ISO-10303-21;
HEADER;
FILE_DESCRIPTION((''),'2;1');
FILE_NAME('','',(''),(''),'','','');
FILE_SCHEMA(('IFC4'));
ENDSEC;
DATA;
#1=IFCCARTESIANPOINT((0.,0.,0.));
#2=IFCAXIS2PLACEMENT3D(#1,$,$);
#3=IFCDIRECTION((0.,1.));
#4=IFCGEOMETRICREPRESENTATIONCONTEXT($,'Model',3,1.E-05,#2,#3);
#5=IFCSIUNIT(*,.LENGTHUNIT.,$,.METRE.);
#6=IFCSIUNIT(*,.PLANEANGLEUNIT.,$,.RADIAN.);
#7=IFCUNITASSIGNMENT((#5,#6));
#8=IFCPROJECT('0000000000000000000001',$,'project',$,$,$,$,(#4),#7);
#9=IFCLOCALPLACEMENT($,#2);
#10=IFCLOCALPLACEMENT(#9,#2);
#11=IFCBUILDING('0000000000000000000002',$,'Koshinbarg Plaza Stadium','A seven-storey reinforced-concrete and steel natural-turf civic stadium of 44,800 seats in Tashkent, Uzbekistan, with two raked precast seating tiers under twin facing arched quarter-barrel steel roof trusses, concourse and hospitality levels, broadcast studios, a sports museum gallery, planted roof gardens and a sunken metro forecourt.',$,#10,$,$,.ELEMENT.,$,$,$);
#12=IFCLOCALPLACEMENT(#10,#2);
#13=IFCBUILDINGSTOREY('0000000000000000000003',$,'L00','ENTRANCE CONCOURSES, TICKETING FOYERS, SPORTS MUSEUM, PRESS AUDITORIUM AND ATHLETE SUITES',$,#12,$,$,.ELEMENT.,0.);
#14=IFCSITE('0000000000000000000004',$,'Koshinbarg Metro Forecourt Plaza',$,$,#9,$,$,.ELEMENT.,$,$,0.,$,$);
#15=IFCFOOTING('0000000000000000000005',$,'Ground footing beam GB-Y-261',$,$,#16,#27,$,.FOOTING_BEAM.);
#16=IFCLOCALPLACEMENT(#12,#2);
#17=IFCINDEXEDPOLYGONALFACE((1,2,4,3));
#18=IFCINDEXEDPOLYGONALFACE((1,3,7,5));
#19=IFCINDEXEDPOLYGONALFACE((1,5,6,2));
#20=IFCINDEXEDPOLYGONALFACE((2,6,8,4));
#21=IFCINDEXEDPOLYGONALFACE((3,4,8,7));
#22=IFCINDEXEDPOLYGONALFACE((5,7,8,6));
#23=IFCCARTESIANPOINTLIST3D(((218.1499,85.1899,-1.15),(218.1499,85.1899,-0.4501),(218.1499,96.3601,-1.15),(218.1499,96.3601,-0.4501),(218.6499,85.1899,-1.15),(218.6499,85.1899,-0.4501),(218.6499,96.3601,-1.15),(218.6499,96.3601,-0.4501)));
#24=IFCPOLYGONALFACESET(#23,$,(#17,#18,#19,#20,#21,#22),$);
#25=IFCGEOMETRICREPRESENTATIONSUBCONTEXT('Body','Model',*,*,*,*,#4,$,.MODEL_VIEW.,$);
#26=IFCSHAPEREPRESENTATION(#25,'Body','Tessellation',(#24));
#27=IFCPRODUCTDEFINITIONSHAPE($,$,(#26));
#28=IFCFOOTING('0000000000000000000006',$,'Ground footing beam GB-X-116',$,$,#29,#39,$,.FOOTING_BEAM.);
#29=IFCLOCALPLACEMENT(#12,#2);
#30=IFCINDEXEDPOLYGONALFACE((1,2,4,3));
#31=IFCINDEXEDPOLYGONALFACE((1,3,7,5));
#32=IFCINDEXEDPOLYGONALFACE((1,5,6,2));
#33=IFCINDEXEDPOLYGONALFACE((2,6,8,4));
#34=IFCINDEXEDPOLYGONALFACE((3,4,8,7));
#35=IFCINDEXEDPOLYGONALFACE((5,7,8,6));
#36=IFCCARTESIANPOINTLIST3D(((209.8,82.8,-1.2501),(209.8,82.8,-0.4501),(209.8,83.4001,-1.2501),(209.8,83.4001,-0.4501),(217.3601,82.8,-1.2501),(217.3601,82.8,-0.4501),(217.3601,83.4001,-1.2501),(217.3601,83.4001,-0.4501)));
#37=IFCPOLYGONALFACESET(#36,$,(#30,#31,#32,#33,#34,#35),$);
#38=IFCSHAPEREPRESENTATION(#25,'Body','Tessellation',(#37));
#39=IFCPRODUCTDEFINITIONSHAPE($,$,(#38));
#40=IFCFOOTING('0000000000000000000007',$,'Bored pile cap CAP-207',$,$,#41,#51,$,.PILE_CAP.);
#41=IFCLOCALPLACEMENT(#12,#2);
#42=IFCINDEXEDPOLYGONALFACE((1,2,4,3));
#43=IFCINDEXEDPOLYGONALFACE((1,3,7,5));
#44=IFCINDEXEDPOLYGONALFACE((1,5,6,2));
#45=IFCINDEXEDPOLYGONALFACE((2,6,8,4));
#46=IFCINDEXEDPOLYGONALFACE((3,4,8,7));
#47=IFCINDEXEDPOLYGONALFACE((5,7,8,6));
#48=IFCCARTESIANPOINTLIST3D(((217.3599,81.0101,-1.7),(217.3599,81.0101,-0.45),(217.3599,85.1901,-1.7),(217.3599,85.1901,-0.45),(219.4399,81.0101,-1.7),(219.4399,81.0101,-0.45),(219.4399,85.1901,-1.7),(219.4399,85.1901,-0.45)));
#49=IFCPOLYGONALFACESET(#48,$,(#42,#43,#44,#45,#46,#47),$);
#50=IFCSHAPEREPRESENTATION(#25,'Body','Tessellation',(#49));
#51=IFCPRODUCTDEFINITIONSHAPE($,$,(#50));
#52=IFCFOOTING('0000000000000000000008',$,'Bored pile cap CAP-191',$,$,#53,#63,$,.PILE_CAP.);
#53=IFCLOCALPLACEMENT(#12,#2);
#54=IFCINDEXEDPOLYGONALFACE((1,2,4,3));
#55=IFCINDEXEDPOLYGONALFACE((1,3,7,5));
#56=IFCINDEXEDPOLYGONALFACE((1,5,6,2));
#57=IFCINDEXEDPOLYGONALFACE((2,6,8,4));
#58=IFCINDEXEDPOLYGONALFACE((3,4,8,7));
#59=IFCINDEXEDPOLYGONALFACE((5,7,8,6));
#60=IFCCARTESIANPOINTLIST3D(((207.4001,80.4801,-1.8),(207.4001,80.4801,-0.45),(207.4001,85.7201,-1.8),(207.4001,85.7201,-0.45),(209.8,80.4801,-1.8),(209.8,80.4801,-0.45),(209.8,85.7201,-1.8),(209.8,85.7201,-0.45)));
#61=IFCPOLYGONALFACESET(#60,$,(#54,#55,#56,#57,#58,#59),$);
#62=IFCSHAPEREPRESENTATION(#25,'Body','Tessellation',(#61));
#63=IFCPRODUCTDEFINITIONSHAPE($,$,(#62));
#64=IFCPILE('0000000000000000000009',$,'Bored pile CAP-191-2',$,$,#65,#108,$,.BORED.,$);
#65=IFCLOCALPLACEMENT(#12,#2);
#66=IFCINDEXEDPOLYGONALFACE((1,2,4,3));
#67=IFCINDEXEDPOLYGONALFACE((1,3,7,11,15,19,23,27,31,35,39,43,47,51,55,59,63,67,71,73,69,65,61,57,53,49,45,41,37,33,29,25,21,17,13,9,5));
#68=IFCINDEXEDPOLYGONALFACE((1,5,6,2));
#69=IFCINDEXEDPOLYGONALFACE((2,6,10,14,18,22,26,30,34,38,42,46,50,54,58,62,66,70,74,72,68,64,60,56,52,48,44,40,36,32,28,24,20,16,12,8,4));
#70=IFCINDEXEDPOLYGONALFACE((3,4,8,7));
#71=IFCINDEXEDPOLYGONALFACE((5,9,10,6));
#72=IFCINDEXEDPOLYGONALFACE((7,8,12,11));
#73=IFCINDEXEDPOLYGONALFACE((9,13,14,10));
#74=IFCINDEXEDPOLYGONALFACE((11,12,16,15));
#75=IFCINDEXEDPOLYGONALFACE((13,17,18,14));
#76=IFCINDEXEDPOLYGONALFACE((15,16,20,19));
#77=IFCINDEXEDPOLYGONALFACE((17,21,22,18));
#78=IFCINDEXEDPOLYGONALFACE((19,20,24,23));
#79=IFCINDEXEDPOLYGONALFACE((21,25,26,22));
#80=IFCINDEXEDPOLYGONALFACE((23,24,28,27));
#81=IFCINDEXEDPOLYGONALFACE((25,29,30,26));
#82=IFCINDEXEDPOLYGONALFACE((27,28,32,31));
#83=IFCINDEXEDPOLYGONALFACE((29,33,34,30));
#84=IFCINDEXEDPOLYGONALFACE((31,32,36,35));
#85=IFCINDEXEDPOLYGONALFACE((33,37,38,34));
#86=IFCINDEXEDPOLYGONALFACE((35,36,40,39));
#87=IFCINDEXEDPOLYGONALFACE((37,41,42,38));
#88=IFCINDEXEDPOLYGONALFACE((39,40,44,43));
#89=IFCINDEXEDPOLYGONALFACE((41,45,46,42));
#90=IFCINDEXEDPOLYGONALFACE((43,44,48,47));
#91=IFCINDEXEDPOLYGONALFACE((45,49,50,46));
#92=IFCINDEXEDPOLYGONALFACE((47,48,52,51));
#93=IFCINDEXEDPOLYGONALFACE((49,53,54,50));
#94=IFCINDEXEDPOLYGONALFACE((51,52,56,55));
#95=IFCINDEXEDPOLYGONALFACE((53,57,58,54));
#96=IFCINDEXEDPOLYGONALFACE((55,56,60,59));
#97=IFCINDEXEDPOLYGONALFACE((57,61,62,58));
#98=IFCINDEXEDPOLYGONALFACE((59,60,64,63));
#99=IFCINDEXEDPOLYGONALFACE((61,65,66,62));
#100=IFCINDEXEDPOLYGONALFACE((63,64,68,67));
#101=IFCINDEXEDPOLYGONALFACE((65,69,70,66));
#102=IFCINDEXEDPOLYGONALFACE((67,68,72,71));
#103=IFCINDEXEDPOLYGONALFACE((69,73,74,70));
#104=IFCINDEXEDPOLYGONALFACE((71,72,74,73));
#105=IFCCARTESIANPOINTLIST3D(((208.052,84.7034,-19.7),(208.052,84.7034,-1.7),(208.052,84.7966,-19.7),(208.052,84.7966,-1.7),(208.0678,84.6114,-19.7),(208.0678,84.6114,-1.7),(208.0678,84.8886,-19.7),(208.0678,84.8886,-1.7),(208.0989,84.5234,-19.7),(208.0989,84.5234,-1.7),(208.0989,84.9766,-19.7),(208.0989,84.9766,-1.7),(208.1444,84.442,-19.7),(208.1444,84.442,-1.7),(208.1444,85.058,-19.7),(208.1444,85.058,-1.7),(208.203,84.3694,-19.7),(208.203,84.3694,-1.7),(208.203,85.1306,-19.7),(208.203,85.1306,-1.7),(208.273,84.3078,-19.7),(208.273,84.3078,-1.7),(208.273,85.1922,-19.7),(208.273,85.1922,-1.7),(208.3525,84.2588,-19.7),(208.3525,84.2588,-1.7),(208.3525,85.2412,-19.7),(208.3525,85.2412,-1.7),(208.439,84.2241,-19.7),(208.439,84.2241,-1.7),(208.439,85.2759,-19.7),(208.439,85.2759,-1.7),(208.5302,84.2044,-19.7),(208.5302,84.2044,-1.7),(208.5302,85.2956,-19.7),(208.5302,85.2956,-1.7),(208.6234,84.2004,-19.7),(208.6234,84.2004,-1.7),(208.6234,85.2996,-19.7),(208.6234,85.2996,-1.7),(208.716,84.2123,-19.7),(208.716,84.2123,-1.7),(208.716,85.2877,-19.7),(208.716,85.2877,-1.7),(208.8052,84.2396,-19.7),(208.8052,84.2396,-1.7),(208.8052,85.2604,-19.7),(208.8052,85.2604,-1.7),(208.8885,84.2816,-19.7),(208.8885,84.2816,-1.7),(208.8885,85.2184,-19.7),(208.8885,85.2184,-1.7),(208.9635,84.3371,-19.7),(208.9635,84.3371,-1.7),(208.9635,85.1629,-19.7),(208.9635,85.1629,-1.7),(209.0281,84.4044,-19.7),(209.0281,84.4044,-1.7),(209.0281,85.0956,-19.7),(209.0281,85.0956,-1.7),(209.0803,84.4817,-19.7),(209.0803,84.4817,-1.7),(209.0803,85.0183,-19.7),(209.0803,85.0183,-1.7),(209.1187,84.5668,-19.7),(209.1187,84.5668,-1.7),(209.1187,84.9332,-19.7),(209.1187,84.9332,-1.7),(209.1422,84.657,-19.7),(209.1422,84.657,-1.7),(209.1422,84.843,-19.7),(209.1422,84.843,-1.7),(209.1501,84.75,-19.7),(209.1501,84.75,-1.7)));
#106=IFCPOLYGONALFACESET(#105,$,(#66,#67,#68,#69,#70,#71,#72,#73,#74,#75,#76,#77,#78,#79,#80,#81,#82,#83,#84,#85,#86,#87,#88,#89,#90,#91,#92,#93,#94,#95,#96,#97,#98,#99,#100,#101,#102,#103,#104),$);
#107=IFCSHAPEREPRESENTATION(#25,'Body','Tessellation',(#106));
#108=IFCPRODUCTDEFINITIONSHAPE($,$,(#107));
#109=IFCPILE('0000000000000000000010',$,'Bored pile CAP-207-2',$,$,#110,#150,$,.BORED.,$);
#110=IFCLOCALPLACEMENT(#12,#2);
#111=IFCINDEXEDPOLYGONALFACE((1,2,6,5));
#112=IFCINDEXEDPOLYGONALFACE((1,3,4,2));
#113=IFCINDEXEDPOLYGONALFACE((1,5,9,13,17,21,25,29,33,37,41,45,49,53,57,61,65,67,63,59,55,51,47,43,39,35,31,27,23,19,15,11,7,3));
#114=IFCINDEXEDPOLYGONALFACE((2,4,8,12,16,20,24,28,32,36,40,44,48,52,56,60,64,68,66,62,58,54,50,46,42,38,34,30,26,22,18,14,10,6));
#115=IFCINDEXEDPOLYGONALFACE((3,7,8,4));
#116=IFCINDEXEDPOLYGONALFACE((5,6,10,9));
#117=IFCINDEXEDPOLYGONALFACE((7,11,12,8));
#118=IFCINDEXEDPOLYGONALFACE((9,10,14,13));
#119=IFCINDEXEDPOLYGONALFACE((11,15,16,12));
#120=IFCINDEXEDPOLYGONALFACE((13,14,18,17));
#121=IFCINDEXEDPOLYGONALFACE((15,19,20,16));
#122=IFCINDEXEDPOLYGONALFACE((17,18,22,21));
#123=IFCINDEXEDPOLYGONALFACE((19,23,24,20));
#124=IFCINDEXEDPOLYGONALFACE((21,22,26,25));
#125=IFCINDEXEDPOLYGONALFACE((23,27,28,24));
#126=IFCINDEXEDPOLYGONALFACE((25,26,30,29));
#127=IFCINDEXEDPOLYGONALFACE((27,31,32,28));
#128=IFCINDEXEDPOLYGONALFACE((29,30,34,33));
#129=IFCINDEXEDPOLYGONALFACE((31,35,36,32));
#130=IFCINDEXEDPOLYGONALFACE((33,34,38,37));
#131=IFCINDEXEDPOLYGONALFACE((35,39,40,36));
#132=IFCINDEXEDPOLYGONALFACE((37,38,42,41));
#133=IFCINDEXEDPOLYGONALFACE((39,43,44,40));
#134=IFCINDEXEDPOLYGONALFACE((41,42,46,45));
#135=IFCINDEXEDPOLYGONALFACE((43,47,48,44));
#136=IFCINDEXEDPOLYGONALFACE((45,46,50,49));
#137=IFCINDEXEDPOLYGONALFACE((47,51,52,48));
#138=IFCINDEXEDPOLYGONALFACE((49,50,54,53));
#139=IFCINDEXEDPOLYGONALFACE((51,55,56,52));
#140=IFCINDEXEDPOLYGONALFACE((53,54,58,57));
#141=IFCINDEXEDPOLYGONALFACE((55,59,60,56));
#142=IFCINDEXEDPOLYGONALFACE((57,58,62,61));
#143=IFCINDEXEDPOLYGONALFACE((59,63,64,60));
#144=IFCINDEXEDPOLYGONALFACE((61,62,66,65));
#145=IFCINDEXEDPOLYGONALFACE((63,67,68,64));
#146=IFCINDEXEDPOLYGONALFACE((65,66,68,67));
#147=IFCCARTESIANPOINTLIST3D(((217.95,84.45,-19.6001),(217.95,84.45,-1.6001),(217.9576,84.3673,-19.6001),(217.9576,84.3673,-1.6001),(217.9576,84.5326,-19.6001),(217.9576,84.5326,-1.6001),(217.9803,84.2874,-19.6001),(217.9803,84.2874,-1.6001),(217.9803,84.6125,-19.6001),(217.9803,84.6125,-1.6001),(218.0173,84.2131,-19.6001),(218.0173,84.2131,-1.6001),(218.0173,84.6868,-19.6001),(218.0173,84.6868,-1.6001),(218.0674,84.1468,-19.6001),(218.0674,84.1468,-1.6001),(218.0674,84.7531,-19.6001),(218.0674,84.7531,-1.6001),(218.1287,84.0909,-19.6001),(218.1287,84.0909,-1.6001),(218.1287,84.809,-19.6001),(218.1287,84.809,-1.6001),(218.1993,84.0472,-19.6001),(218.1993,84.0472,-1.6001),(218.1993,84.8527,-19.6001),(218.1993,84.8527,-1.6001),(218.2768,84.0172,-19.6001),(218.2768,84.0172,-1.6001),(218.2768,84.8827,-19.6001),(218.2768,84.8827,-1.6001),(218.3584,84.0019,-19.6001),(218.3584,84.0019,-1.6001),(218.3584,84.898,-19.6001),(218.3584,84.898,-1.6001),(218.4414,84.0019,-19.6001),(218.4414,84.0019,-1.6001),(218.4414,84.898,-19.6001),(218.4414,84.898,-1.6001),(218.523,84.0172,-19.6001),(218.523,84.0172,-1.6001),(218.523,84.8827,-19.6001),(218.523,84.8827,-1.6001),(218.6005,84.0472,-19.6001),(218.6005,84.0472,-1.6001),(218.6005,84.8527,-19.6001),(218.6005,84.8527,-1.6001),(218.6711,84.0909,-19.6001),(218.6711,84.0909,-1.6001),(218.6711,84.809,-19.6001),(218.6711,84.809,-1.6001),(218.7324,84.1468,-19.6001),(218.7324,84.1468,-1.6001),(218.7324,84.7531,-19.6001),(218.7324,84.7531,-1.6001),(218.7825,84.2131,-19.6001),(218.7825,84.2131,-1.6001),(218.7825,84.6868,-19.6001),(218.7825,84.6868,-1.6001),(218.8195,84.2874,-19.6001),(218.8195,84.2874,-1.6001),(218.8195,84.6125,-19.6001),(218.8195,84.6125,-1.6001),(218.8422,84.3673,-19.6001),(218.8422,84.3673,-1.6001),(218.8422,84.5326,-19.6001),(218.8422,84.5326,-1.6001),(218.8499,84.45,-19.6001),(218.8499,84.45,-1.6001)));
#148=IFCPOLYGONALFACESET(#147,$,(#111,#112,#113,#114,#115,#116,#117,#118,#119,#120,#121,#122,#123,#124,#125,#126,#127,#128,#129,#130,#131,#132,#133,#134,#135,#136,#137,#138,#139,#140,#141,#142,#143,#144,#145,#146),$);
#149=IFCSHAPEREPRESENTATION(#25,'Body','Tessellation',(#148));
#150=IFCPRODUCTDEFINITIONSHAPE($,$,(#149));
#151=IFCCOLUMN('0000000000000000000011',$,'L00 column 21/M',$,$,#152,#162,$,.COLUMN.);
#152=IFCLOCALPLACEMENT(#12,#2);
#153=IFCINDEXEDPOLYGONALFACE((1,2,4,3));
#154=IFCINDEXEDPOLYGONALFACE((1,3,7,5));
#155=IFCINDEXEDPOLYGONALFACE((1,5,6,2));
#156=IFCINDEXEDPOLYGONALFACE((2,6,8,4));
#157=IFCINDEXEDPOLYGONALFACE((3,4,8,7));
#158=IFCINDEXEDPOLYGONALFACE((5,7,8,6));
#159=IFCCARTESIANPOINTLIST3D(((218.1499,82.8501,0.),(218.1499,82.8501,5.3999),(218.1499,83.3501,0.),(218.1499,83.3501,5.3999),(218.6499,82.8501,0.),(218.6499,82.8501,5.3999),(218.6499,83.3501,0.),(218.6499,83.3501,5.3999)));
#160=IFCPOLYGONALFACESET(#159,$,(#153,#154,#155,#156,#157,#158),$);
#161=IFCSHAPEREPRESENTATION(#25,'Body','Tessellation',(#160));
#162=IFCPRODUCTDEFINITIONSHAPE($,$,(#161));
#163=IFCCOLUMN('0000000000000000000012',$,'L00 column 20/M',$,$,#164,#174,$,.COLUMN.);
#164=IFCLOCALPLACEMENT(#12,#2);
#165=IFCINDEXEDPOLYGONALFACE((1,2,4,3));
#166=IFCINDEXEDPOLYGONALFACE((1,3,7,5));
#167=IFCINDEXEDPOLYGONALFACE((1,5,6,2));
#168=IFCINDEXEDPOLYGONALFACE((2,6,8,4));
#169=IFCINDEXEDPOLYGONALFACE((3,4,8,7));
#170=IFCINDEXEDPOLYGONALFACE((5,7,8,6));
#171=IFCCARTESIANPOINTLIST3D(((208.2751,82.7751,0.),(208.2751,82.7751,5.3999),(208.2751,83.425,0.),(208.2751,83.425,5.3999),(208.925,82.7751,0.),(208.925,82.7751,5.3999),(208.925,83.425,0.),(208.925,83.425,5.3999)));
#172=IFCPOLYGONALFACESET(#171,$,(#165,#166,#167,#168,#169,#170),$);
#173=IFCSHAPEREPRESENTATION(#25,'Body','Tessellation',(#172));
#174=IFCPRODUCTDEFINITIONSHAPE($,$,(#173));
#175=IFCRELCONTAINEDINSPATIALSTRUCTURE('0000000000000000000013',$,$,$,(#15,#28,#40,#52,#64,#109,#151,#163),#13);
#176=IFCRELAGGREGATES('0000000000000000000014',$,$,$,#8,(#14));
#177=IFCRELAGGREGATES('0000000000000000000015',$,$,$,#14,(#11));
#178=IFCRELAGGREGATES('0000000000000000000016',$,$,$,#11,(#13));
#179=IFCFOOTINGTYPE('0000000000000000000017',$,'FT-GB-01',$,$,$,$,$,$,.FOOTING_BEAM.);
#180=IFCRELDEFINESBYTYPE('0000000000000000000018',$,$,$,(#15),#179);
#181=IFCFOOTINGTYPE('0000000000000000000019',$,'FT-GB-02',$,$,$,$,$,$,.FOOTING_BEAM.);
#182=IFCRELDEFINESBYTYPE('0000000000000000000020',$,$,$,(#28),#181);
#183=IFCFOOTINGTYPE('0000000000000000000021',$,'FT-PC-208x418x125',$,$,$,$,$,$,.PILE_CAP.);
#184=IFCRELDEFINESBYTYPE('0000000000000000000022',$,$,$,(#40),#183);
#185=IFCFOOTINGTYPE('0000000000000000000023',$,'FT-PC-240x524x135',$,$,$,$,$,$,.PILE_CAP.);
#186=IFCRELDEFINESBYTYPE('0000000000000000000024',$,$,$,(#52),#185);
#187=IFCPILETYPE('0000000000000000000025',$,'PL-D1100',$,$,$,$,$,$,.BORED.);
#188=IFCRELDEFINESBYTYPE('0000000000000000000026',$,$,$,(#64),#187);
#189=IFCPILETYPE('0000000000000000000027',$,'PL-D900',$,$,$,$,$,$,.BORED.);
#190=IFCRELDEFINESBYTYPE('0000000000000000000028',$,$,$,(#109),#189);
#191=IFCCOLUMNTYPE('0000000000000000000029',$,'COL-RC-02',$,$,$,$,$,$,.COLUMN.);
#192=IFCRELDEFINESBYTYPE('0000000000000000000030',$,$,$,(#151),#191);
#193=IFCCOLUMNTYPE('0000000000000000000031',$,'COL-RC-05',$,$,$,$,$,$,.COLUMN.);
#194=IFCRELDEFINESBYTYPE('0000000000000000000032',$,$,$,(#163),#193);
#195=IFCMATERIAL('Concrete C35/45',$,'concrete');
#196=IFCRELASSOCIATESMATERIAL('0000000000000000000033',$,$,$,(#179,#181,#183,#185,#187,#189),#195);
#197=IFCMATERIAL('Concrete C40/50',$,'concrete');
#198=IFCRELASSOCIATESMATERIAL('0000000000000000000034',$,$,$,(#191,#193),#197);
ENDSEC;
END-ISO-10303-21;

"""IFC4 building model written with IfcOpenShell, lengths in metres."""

from ifc_helpers import new_model, si_unit, direction, frame, origin, origin_2d, place, context, subcontext, project, spatial, rectangle, circle, extrude, material, material_profile, profile_set, type_object, element, save


model = new_model("IFC4")

# Units and contexts
model_context = context("Model", 3, precision=1e-05, world=origin(), true_north=direction((0.0, 1.0)))
body_context = subcontext(model_context, "Body", "Model", "MODEL_VIEW")
ifc_project = project(units=[si_unit("LENGTHUNIT", "METRE"), si_unit("PLANEANGLEUNIT", "RADIAN")], contexts=[model_context])

# Site, building, storey
site_placement = place(None, origin())
site = spatial("IfcSite", under=ifc_project, at=site_placement, Name="Koshinbarg Metro Forecourt Plaza", CompositionType="ELEMENT", RefElevation=0.0)
building_placement = place(site_placement, origin())
building = spatial("IfcBuilding", under=site, at=building_placement, Name="Koshinbarg Plaza Stadium", Description="A seven-storey reinforced-concrete and steel natural-turf civic stadium of 44,800 seats in Tashkent, Uzbekistan, with two raked precast seating tiers under twin facing arched quarter-barrel steel roof trusses, concourse and hospitality levels, broadcast studios, a sports museum gallery, planted roof gardens and a sunken metro forecourt.", CompositionType="ELEMENT")
storey_placement = place(building_placement, origin())
storey = spatial("IfcBuildingStorey", under=building, at=storey_placement, Name="L00", Description="ENTRANCE CONCOURSES, TICKETING FOYERS, SPORTS MUSEUM, PRESS AUDITORIUM AND ATHLETE SUITES", CompositionType="ELEMENT", Elevation=0.0)

# Footings
ifc_material_1 = material(Name="Concrete C35/45", Category="concrete")
ifc_material_profile_1 = material_profile(ifc_material_1, rectangle(XDim=0.5, YDim=0.7, at=origin_2d()), Name="GB 500x700")
ifc_profile_set_1 = profile_set([ifc_material_profile_1], Name="Concrete C35/45")
footing_type_1 = type_object("IfcFootingType", Name="FT-GB-01", PredefinedType="FOOTING_BEAM", material=ifc_profile_set_1)
footing_1_placement = place(storey_placement, frame((218.3999, 85.1899, -0.8), z_axis=(0.0, 1.0, 0.0), x_axis=(-1.0, 0.0, 0.0)))
element("IfcFooting", 1, at=footing_1_placement, inside=storey, type_object=footing_type_1, Name="Ground footing beam GB-Y-261", PredefinedType="FOOTING_BEAM", context=body_context, shape_type="SweptSolid", body=[
    extrude(rectangle(XDim=0.5, YDim=0.7, at=origin_2d()), origin(), (0.0, 0.0, 1.0), 11.1702),
])
ifc_material_profile_2 = material_profile(ifc_material_1, rectangle(XDim=0.6001, YDim=0.8, at=origin_2d()), Name="GB 600x800")
ifc_profile_set_2 = profile_set([ifc_material_profile_2], Name="Concrete C35/45")
footing_type_2 = type_object("IfcFootingType", Name="FT-GB-02", PredefinedType="FOOTING_BEAM", material=ifc_profile_set_2)
footing_2_placement = place(storey_placement, frame((209.8, 83.1001, -0.8501), z_axis=(1.0, 0.0, 0.0), x_axis=(0.0, 1.0, 0.0)))
element("IfcFooting", 2, at=footing_2_placement, inside=storey, type_object=footing_type_2, Name="Ground footing beam GB-X-116", PredefinedType="FOOTING_BEAM", context=body_context, shape_type="SweptSolid", body=[
    extrude(rectangle(XDim=0.6001, YDim=0.8, at=origin_2d()), origin(), (0.0, 0.0, 1.0), 7.5601),
])
footing_type_3 = type_object("IfcFootingType", Name="FT-PC-208x418x125", PredefinedType="PILE_CAP", material=ifc_material_1)
footing_3_placement = place(storey_placement, frame((218.3999, 83.1001, -1.7), z_axis=(0.0, 0.0, 1.0), x_axis=(1.0, 0.0, 0.0)))
element("IfcFooting", 3, at=footing_3_placement, inside=storey, type_object=footing_type_3, Name="Bored pile cap CAP-207", PredefinedType="PILE_CAP", context=body_context, shape_type="SweptSolid", body=[
    extrude(rectangle(XDim=2.0801, YDim=4.1799, at=origin_2d()), origin(), (0.0, 0.0, 1.0), 1.25),
])
footing_type_4 = type_object("IfcFootingType", Name="FT-PC-240x524x135", PredefinedType="PILE_CAP", material=ifc_material_1)
footing_4_placement = place(storey_placement, frame((208.6001, 83.1001, -1.8), z_axis=(0.0, 0.0, 1.0), x_axis=(1.0, 0.0, 0.0)))
element("IfcFooting", 4, at=footing_4_placement, inside=storey, type_object=footing_type_4, Name="Bored pile cap CAP-191", PredefinedType="PILE_CAP", context=body_context, shape_type="SweptSolid", body=[
    extrude(rectangle(XDim=2.3999, YDim=5.24, at=origin_2d()), origin(), (0.0, 0.0, 1.0), 1.3501),
])

# Piles
ifc_material_profile_3 = material_profile(ifc_material_1, circle(Radius=0.55, at=origin_2d()), Name="PILE D1100")
ifc_profile_set_3 = profile_set([ifc_material_profile_3], Name="Concrete C35/45")
pile_type_1 = type_object("IfcPileType", Name="PL-D1100", PredefinedType="BORED", material=ifc_profile_set_3)
pile_1_placement = place(storey_placement, frame((208.6001, 84.75, -1.7), z_axis=(0.0, 0.0, -1.0), x_axis=(1.0, 0.0, 0.0)))
element("IfcPile", 5, at=pile_1_placement, inside=storey, type_object=pile_type_1, Name="Bored pile CAP-191-2", PredefinedType="BORED", context=body_context, shape_type="SweptSolid", body=[
    extrude(circle(Radius=0.55, at=origin_2d()), origin(), (0.0, 0.0, 1.0), 18.0),
])
ifc_material_profile_4 = material_profile(ifc_material_1, circle(Radius=0.45, at=origin_2d()), Name="PILE D900")
ifc_profile_set_4 = profile_set([ifc_material_profile_4], Name="Concrete C35/45")
pile_type_2 = type_object("IfcPileType", Name="PL-D900", PredefinedType="BORED", material=ifc_profile_set_4)
pile_2_placement = place(storey_placement, frame((218.3999, 84.45, -1.6001), z_axis=(0.0, 0.0, -1.0), x_axis=(1.0, 0.0, 0.0)))
element("IfcPile", 6, at=pile_2_placement, inside=storey, type_object=pile_type_2, Name="Bored pile CAP-207-2", PredefinedType="BORED", context=body_context, shape_type="SweptSolid", body=[
    extrude(circle(Radius=0.45, at=origin_2d()), origin(), (0.0, 0.0, 1.0), 18.0),
])

# Columns
ifc_material_2 = material(Name="Concrete C40/50", Category="concrete")
ifc_material_profile_5 = material_profile(ifc_material_2, rectangle(XDim=0.5, YDim=0.5, at=origin_2d()), Name="RC 500x500")
ifc_profile_set_5 = profile_set([ifc_material_profile_5], Name="Concrete C40/50")
column_type_1 = type_object("IfcColumnType", Name="COL-RC-02", PredefinedType="COLUMN", material=ifc_profile_set_5)
column_1_placement = place(storey_placement, frame((218.3999, 83.1001, 0.0), z_axis=(0.0, 0.0, 1.0), x_axis=(1.0, 0.0, 0.0)))
element("IfcColumn", 7, at=column_1_placement, inside=storey, type_object=column_type_1, Name="L00 column 21/M", PredefinedType="COLUMN", context=body_context, shape_type="SweptSolid", body=[
    extrude(rectangle(XDim=0.5, YDim=0.5, at=origin_2d()), origin(), (0.0, 0.0, 1.0), 5.3999),
])
ifc_material_profile_6 = material_profile(ifc_material_2, rectangle(XDim=0.6499, YDim=0.6499, at=origin_2d()), Name="RC 650x650")
ifc_profile_set_6 = profile_set([ifc_material_profile_6], Name="Concrete C40/50")
column_type_2 = type_object("IfcColumnType", Name="COL-RC-05", PredefinedType="COLUMN", material=ifc_profile_set_6)
column_2_placement = place(storey_placement, frame((208.6001, 83.1001, 0.0), z_axis=(0.0, 0.0, 1.0), x_axis=(1.0, 0.0, 0.0)))
element("IfcColumn", 8, at=column_2_placement, inside=storey, type_object=column_type_2, Name="L00 column 20/M", PredefinedType="COLUMN", context=body_context, shape_type="SweptSolid", body=[
    extrude(rectangle(XDim=0.6499, YDim=0.6499, at=origin_2d()), origin(), (0.0, 0.0, 1.0), 5.3999),
])

save(model, "model.ifc")
